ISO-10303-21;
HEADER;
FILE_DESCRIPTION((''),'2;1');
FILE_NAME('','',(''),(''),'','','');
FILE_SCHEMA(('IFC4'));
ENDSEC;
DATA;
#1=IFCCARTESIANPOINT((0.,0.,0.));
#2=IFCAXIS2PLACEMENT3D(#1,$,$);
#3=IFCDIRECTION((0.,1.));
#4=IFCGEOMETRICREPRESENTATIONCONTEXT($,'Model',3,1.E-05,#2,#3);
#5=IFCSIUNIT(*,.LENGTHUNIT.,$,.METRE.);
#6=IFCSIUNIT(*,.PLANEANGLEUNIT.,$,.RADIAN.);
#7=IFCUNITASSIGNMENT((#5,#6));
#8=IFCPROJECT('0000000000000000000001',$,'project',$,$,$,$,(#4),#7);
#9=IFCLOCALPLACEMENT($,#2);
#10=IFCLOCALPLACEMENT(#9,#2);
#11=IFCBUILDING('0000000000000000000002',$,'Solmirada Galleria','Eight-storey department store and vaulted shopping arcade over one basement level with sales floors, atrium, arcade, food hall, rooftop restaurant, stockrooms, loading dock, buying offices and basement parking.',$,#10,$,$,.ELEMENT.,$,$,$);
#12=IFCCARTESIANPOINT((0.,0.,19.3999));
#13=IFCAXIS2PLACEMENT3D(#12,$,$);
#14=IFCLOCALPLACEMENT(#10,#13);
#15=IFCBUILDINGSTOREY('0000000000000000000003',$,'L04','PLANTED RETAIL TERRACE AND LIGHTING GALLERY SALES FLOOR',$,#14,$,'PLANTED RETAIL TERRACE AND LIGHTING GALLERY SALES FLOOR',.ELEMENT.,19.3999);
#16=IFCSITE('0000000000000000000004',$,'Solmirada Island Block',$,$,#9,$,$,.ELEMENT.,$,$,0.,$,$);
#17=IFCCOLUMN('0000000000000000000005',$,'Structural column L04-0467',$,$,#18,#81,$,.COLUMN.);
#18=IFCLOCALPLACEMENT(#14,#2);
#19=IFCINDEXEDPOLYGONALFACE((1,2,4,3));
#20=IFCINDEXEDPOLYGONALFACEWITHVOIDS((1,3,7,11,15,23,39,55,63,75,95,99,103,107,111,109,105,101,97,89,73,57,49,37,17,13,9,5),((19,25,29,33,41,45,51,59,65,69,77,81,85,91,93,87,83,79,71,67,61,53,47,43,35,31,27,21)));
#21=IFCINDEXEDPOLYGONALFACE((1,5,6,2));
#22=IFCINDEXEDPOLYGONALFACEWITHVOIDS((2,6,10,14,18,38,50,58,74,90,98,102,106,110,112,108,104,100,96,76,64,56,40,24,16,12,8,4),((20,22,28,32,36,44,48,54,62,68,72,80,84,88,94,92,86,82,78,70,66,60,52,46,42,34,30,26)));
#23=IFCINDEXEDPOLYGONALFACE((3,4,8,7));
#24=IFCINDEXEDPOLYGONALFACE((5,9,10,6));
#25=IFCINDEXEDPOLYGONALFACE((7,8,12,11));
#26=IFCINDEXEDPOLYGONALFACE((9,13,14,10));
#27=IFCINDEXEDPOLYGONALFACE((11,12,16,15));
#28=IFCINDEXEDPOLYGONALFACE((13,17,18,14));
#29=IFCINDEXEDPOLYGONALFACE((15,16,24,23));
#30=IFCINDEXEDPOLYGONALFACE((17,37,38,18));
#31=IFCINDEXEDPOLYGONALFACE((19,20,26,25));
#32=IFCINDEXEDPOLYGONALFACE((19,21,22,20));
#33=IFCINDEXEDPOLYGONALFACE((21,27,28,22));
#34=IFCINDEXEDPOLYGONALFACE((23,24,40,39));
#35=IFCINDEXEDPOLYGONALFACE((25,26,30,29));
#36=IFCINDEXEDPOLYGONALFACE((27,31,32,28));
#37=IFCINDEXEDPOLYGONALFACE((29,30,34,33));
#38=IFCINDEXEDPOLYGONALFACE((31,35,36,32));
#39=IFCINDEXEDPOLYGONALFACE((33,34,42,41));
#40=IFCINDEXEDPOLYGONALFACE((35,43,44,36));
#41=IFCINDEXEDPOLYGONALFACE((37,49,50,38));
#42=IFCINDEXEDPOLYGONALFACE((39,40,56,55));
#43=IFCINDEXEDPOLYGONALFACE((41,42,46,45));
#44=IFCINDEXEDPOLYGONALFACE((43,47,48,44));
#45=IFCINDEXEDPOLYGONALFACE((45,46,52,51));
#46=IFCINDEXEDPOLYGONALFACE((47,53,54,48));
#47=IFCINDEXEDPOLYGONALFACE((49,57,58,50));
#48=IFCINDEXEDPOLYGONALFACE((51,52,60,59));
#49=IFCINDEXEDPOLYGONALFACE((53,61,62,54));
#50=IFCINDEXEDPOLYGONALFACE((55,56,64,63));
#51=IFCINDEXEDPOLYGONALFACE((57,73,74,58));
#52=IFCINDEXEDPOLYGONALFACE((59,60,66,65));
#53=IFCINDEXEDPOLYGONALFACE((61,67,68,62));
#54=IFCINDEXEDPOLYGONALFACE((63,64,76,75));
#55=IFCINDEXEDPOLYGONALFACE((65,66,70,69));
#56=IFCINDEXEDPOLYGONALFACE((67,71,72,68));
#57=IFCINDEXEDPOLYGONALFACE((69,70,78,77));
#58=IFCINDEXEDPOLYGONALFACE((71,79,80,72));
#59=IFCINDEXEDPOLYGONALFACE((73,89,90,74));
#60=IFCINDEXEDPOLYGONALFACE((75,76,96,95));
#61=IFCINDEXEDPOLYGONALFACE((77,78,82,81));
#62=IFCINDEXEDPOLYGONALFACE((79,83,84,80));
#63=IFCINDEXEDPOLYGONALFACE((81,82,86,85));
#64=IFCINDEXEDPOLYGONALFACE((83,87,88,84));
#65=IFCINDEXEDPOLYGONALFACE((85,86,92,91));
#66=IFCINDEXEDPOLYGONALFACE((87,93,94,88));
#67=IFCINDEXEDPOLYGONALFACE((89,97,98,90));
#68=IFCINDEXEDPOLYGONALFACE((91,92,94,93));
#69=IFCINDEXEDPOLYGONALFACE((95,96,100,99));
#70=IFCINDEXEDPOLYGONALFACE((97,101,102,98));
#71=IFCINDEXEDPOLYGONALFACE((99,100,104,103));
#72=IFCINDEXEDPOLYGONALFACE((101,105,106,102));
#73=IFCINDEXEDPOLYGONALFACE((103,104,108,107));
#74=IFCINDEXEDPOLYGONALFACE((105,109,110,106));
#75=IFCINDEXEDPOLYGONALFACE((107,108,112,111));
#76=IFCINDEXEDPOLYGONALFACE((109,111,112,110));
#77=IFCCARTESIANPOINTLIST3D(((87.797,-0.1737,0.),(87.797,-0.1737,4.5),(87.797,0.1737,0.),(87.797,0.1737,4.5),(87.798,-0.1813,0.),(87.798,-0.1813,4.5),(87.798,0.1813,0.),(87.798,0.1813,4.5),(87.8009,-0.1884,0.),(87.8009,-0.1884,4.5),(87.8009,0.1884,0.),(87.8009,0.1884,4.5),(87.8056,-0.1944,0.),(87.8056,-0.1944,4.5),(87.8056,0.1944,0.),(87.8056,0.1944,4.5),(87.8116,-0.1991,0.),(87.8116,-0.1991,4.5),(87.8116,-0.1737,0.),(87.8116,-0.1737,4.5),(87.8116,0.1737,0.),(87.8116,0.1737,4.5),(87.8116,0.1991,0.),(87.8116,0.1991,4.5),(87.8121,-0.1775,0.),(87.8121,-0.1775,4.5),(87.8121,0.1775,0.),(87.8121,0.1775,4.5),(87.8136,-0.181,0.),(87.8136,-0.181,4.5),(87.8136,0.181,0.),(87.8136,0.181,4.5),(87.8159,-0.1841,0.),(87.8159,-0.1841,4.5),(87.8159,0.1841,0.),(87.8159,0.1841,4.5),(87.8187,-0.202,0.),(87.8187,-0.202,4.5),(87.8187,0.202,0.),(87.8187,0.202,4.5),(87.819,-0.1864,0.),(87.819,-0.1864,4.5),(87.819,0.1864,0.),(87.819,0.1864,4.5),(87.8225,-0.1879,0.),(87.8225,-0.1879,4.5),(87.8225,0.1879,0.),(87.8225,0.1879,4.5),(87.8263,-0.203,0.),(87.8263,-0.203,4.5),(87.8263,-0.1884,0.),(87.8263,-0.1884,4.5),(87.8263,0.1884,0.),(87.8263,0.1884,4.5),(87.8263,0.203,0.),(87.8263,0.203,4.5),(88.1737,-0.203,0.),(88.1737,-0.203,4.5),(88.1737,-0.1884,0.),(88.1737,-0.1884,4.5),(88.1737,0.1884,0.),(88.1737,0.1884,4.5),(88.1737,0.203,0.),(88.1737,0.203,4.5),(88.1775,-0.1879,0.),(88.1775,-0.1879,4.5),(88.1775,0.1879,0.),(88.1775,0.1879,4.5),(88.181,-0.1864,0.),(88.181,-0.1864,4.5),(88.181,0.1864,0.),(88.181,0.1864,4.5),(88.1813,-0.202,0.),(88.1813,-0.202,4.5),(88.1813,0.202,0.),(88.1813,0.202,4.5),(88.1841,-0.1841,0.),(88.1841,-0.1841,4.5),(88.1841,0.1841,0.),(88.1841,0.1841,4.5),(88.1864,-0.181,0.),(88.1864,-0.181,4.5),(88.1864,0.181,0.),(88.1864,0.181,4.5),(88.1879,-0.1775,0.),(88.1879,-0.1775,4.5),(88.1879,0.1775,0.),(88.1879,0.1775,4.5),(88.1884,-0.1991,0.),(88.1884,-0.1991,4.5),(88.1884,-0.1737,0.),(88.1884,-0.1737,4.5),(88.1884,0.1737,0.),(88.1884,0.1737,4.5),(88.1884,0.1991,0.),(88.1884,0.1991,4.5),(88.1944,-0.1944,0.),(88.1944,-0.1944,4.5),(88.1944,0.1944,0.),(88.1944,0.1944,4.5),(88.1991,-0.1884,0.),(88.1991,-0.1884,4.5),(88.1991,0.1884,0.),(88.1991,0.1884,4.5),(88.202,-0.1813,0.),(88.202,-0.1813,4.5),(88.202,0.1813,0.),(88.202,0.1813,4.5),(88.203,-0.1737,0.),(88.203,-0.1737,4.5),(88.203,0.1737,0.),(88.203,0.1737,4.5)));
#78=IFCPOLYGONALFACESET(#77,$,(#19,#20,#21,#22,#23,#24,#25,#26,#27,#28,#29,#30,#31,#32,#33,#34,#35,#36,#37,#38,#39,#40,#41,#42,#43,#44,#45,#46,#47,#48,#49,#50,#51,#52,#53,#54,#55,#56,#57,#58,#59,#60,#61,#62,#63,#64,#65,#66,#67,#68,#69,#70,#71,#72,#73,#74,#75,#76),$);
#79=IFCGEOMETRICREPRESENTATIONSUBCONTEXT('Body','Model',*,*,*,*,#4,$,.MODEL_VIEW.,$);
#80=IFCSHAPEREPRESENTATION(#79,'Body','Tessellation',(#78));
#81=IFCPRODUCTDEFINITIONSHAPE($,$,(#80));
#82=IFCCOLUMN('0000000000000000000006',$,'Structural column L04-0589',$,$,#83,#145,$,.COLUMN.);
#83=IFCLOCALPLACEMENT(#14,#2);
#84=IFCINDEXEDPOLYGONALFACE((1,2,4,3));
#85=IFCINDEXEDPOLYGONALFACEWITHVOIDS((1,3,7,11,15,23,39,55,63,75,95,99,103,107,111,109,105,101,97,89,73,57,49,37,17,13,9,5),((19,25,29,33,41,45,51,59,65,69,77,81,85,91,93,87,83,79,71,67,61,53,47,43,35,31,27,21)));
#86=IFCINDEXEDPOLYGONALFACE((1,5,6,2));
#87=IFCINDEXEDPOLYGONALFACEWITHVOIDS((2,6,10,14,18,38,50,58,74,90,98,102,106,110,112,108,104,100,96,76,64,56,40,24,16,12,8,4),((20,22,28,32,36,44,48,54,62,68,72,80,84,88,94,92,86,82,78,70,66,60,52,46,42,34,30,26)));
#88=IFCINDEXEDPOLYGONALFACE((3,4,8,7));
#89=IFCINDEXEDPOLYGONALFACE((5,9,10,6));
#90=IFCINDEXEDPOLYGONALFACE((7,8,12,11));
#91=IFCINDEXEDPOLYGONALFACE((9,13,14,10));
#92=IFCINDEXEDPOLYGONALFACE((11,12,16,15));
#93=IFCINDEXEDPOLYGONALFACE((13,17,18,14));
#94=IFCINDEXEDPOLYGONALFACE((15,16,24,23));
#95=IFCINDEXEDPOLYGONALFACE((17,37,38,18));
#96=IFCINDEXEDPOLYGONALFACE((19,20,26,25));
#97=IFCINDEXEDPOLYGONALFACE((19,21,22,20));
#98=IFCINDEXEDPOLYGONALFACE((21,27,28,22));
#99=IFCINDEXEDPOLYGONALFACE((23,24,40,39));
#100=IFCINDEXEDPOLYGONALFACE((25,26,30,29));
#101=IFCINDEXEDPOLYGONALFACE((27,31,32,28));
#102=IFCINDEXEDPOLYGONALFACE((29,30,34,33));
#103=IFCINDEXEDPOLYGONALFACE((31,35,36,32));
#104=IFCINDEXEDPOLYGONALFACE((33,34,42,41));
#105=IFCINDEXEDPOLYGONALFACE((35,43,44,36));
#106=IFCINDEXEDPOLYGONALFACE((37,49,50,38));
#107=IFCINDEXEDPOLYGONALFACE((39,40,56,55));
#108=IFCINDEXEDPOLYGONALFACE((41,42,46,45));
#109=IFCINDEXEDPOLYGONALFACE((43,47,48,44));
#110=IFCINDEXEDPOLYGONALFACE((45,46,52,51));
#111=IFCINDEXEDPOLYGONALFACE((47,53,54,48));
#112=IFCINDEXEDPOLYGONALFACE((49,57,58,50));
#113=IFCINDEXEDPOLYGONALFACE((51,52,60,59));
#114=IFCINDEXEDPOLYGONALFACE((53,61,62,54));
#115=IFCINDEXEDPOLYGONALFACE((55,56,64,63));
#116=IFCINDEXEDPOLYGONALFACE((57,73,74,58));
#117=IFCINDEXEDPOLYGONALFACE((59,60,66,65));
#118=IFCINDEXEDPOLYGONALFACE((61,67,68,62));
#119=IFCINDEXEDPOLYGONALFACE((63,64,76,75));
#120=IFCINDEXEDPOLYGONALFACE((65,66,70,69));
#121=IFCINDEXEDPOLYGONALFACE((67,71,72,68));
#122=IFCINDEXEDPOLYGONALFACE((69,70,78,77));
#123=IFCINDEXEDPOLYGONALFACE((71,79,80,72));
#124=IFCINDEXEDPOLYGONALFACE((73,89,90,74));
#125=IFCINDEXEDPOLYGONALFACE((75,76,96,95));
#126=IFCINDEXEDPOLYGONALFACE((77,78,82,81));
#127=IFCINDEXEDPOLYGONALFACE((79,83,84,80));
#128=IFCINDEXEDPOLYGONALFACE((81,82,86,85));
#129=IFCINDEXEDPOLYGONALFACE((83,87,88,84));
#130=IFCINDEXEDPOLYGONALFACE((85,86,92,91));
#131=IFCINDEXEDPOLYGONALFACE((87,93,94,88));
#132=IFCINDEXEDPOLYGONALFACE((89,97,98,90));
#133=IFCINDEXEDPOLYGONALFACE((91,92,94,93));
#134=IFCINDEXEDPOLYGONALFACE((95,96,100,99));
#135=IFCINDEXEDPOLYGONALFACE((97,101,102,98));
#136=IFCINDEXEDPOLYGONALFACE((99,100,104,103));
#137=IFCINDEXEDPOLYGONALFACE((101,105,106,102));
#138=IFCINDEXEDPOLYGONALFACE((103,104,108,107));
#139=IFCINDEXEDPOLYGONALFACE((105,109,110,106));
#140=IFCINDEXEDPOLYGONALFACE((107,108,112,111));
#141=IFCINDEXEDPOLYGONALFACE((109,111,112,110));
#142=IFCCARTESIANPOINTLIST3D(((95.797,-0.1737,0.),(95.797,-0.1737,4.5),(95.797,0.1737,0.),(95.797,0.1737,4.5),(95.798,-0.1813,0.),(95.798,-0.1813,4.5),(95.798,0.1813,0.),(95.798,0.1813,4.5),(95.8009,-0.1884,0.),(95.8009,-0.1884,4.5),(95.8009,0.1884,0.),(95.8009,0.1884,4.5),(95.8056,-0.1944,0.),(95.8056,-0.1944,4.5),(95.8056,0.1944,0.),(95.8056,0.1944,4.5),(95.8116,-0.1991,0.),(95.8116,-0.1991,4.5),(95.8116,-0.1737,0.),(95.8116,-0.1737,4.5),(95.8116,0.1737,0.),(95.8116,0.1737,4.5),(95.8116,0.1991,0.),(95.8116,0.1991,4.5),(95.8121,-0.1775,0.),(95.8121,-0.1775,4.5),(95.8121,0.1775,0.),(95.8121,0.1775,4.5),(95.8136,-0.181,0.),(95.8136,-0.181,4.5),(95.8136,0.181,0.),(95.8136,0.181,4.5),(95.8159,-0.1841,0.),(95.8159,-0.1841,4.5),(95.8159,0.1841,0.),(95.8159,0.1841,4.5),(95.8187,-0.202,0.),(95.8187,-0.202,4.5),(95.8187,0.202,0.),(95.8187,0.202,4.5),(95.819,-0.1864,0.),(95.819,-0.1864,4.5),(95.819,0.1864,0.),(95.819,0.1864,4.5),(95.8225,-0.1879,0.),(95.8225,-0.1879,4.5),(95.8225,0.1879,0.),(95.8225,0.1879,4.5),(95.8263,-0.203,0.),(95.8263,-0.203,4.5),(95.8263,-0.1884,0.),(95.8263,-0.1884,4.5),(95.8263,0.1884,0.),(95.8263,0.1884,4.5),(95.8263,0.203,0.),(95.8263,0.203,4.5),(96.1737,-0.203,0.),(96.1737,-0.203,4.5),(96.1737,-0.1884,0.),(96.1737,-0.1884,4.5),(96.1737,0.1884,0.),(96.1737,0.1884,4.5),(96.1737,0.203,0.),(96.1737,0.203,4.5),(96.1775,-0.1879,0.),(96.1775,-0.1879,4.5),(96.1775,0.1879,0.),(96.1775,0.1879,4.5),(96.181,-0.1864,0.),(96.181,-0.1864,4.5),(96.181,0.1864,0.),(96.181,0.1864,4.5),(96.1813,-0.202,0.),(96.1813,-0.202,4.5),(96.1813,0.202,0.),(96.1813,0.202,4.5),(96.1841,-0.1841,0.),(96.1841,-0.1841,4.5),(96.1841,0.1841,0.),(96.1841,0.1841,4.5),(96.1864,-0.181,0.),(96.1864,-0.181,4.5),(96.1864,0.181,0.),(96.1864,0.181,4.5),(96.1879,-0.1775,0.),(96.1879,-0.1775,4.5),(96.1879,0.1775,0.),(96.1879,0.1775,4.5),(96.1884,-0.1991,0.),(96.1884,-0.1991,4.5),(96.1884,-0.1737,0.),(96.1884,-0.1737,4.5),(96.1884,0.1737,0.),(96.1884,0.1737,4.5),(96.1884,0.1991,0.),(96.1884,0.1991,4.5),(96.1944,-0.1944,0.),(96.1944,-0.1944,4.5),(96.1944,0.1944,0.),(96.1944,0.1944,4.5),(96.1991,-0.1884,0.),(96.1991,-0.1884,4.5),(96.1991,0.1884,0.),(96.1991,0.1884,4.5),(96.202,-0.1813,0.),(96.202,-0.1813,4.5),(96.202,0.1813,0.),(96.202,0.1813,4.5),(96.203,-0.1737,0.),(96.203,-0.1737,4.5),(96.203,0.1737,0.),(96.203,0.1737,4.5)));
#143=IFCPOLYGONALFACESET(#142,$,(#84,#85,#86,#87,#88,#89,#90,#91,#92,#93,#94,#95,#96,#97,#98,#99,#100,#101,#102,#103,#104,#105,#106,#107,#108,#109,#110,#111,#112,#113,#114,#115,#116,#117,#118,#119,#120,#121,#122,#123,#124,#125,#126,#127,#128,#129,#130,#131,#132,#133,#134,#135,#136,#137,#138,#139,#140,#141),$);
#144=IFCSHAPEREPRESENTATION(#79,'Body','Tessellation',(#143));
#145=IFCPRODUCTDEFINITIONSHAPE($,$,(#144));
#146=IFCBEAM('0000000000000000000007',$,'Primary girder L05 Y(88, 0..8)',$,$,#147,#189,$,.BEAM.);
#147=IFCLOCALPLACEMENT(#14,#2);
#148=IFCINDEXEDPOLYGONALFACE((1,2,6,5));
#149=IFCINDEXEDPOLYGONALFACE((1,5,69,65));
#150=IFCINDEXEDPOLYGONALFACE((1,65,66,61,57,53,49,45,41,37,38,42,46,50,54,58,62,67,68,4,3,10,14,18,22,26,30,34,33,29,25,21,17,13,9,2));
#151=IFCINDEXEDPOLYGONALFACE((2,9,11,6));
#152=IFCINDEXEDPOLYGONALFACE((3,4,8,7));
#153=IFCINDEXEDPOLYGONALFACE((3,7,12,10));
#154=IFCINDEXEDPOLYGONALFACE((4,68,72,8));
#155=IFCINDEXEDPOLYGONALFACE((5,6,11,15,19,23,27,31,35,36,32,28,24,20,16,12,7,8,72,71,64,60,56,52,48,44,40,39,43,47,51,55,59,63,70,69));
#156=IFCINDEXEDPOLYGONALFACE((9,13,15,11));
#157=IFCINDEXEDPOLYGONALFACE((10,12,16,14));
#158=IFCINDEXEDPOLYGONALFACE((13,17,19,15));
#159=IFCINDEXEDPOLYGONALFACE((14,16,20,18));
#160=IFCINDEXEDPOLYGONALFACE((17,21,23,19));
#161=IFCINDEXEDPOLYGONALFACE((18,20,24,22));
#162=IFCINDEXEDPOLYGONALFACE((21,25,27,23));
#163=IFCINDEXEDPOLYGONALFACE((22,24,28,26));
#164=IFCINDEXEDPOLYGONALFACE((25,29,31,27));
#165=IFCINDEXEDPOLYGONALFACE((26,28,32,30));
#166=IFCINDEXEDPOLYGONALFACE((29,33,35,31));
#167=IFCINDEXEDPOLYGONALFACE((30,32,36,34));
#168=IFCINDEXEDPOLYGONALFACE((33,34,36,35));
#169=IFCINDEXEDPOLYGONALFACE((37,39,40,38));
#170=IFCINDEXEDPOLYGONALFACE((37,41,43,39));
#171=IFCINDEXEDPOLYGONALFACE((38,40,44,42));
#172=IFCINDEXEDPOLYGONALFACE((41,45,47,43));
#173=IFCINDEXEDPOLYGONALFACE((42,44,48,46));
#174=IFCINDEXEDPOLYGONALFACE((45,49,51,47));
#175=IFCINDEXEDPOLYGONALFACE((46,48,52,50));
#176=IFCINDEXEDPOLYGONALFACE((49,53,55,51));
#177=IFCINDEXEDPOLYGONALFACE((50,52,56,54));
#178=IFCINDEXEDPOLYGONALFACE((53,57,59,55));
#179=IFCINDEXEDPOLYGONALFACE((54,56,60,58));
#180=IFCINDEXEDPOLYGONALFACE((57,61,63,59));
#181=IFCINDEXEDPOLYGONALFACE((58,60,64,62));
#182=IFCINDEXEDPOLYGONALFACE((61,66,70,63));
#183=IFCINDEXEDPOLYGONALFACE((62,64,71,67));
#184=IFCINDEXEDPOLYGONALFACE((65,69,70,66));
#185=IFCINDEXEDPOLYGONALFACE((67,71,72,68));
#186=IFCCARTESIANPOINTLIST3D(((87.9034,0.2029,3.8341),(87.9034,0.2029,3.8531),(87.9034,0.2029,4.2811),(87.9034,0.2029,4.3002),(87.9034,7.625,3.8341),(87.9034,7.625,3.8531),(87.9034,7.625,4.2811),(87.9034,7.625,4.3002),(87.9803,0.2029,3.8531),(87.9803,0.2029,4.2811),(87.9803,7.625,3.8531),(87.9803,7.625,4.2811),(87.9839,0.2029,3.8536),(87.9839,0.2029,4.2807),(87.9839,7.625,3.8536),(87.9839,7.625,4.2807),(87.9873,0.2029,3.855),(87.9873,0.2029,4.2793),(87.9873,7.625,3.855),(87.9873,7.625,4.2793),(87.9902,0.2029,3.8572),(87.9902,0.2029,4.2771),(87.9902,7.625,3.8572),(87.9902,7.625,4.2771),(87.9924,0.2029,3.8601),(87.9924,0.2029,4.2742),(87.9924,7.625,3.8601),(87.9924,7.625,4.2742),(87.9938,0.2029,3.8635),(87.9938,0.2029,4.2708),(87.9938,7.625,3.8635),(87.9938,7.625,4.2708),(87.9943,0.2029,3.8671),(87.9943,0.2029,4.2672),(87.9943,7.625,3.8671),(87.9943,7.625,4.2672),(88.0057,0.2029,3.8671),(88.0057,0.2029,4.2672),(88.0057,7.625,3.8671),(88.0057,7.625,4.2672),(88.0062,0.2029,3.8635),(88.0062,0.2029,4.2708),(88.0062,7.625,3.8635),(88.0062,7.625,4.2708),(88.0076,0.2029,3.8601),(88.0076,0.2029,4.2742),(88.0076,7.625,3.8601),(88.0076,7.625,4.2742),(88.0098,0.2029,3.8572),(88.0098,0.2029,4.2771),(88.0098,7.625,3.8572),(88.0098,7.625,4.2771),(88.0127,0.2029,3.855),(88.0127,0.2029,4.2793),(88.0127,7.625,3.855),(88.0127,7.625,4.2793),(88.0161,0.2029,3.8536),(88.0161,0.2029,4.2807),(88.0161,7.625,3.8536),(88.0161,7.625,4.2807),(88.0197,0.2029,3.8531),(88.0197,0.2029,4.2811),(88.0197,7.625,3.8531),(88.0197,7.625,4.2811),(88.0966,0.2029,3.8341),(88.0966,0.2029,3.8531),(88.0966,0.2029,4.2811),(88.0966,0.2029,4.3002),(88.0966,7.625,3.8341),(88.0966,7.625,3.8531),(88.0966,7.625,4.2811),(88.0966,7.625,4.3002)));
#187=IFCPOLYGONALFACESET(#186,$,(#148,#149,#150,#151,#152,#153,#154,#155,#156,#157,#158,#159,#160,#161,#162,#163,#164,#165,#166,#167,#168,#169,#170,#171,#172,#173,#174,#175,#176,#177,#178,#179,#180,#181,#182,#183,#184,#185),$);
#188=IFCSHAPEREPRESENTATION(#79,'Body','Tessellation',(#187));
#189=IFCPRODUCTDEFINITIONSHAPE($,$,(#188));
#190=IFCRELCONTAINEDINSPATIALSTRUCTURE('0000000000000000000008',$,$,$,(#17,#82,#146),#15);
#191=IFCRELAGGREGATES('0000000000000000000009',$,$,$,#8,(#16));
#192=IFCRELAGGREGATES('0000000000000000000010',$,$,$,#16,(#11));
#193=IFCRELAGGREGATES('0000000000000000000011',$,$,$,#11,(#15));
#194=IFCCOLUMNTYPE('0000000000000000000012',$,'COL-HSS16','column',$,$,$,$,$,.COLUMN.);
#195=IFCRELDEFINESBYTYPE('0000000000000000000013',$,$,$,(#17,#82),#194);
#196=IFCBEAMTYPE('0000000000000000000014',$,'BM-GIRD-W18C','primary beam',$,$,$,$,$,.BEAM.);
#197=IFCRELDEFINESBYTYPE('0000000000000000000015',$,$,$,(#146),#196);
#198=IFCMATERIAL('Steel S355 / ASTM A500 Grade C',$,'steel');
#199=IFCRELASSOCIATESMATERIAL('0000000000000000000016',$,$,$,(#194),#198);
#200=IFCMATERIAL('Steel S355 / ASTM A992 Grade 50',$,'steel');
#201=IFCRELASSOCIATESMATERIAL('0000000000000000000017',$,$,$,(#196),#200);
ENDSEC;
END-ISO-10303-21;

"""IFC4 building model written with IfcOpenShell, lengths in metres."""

from ifc_helpers import new_model, si_unit, direction, frame, origin, origin_2d, place, context, subcontext, project, spatial, hollow_rectangle, i_section, extrude, material, material_profile, profile_set, type_object, element, save


model = new_model("IFC4")

# Units and contexts
model_context = context("Model", 3, precision=1e-05, world=origin(), true_north=direction((0.0, 1.0)))
body_context = subcontext(model_context, "Body", "Model", "MODEL_VIEW")
ifc_project = project(units=[si_unit("LENGTHUNIT", "METRE"), si_unit("PLANEANGLEUNIT", "RADIAN")], contexts=[model_context])

# Site, building, storey
site_placement = place(None, origin())
site = spatial("IfcSite", under=ifc_project, at=site_placement, Name="Solmirada Island Block", CompositionType="ELEMENT", RefElevation=0.0)
building_placement = place(site_placement, origin())
building = spatial("IfcBuilding", under=site, at=building_placement, Name="Solmirada Galleria", Description="Eight-storey department store and vaulted shopping arcade over one basement level with sales floors, atrium, arcade, food hall, rooftop restaurant, stockrooms, loading dock, buying offices and basement parking.", CompositionType="ELEMENT")
storey_placement = place(building_placement, frame((0.0, 0.0, 19.3999)))
storey = spatial("IfcBuildingStorey", under=building, at=storey_placement, Name="L04", Description="PLANTED RETAIL TERRACE AND LIGHTING GALLERY SALES FLOOR", LongName="PLANTED RETAIL TERRACE AND LIGHTING GALLERY SALES FLOOR", CompositionType="ELEMENT", Elevation=19.3999)

# Columns
ifc_material_1 = material(Name="Steel S355 / ASTM A500 Grade C", Category="steel")
ifc_material_profile_1 = material_profile(ifc_material_1, hollow_rectangle(XDim=0.406, YDim=0.406, WallThickness=0.0146, InnerFilletRadius=0.0146, OuterFilletRadius=0.0293, at=origin_2d()), Name="HSS16X16X5/8")
ifc_profile_set_1 = profile_set([ifc_material_profile_1], Name="Steel S355 / ASTM A500 Grade C")
column_type = type_object("IfcColumnType", Name="COL-HSS16", Description="column", PredefinedType="COLUMN", material=ifc_profile_set_1)
for number, where, z_axis, x_axis, name in (
    (1, (88.0, 0.0, 0.0), (0.0, 0.0, 1.0), (1.0, 0.0, 0.0), "Structural column L04-0467"),
    (2, (96.0, 0.0, 0.0), (0.0, 0.0, 1.0), (1.0, 0.0, 0.0), "Structural column L04-0589"),
):
    element("IfcColumn", number, at=place(storey_placement, frame(where, z_axis=z_axis, x_axis=x_axis)), inside=storey, type_object=column_type, Name=name, PredefinedType="COLUMN", context=body_context, shape_type="SweptSolid", body=[
        extrude(hollow_rectangle(XDim=0.406, YDim=0.406, WallThickness=0.0146, InnerFilletRadius=0.0146, OuterFilletRadius=0.0293, at=origin_2d()), origin(), (0.0, 0.0, 1.0), 4.5),
    ])

# Beam
ifc_material_2 = material(Name="Steel S355 / ASTM A992 Grade 50", Category="steel")
ifc_material_profile_2 = material_profile(ifc_material_2, i_section(OverallWidth=0.1931, OverallDepth=0.4661, WebThickness=0.0115, FlangeThickness=0.019, FilletRadius=0.0139, at=origin_2d()), Name="W18X65")
ifc_profile_set_2 = profile_set([ifc_material_profile_2], Name="Steel S355 / ASTM A992 Grade 50")
beam_type_1 = type_object("IfcBeamType", Name="BM-GIRD-W18C", Description="primary beam", PredefinedType="BEAM", material=ifc_profile_set_2)
for number, where, z_axis, x_axis, name in (
    (3, (88.0, 0.2029, 4.0671), (0.0, 1.0, 0.0), (-1.0, 0.0, 0.0), "Primary girder L05 Y(88, 0..8)"),
):
    element("IfcBeam", number, at=place(storey_placement, frame(where, z_axis=z_axis, x_axis=x_axis)), inside=storey, type_object=beam_type_1, Name=name, PredefinedType="BEAM", context=body_context, shape_type="SweptSolid", body=[
        extrude(i_section(OverallWidth=0.1931, OverallDepth=0.4661, WebThickness=0.0115, FlangeThickness=0.019, FilletRadius=0.0139, at=origin_2d()), origin(), (0.0, 0.0, 1.0), 7.4221),
    ])

save(model, "model.ifc")
